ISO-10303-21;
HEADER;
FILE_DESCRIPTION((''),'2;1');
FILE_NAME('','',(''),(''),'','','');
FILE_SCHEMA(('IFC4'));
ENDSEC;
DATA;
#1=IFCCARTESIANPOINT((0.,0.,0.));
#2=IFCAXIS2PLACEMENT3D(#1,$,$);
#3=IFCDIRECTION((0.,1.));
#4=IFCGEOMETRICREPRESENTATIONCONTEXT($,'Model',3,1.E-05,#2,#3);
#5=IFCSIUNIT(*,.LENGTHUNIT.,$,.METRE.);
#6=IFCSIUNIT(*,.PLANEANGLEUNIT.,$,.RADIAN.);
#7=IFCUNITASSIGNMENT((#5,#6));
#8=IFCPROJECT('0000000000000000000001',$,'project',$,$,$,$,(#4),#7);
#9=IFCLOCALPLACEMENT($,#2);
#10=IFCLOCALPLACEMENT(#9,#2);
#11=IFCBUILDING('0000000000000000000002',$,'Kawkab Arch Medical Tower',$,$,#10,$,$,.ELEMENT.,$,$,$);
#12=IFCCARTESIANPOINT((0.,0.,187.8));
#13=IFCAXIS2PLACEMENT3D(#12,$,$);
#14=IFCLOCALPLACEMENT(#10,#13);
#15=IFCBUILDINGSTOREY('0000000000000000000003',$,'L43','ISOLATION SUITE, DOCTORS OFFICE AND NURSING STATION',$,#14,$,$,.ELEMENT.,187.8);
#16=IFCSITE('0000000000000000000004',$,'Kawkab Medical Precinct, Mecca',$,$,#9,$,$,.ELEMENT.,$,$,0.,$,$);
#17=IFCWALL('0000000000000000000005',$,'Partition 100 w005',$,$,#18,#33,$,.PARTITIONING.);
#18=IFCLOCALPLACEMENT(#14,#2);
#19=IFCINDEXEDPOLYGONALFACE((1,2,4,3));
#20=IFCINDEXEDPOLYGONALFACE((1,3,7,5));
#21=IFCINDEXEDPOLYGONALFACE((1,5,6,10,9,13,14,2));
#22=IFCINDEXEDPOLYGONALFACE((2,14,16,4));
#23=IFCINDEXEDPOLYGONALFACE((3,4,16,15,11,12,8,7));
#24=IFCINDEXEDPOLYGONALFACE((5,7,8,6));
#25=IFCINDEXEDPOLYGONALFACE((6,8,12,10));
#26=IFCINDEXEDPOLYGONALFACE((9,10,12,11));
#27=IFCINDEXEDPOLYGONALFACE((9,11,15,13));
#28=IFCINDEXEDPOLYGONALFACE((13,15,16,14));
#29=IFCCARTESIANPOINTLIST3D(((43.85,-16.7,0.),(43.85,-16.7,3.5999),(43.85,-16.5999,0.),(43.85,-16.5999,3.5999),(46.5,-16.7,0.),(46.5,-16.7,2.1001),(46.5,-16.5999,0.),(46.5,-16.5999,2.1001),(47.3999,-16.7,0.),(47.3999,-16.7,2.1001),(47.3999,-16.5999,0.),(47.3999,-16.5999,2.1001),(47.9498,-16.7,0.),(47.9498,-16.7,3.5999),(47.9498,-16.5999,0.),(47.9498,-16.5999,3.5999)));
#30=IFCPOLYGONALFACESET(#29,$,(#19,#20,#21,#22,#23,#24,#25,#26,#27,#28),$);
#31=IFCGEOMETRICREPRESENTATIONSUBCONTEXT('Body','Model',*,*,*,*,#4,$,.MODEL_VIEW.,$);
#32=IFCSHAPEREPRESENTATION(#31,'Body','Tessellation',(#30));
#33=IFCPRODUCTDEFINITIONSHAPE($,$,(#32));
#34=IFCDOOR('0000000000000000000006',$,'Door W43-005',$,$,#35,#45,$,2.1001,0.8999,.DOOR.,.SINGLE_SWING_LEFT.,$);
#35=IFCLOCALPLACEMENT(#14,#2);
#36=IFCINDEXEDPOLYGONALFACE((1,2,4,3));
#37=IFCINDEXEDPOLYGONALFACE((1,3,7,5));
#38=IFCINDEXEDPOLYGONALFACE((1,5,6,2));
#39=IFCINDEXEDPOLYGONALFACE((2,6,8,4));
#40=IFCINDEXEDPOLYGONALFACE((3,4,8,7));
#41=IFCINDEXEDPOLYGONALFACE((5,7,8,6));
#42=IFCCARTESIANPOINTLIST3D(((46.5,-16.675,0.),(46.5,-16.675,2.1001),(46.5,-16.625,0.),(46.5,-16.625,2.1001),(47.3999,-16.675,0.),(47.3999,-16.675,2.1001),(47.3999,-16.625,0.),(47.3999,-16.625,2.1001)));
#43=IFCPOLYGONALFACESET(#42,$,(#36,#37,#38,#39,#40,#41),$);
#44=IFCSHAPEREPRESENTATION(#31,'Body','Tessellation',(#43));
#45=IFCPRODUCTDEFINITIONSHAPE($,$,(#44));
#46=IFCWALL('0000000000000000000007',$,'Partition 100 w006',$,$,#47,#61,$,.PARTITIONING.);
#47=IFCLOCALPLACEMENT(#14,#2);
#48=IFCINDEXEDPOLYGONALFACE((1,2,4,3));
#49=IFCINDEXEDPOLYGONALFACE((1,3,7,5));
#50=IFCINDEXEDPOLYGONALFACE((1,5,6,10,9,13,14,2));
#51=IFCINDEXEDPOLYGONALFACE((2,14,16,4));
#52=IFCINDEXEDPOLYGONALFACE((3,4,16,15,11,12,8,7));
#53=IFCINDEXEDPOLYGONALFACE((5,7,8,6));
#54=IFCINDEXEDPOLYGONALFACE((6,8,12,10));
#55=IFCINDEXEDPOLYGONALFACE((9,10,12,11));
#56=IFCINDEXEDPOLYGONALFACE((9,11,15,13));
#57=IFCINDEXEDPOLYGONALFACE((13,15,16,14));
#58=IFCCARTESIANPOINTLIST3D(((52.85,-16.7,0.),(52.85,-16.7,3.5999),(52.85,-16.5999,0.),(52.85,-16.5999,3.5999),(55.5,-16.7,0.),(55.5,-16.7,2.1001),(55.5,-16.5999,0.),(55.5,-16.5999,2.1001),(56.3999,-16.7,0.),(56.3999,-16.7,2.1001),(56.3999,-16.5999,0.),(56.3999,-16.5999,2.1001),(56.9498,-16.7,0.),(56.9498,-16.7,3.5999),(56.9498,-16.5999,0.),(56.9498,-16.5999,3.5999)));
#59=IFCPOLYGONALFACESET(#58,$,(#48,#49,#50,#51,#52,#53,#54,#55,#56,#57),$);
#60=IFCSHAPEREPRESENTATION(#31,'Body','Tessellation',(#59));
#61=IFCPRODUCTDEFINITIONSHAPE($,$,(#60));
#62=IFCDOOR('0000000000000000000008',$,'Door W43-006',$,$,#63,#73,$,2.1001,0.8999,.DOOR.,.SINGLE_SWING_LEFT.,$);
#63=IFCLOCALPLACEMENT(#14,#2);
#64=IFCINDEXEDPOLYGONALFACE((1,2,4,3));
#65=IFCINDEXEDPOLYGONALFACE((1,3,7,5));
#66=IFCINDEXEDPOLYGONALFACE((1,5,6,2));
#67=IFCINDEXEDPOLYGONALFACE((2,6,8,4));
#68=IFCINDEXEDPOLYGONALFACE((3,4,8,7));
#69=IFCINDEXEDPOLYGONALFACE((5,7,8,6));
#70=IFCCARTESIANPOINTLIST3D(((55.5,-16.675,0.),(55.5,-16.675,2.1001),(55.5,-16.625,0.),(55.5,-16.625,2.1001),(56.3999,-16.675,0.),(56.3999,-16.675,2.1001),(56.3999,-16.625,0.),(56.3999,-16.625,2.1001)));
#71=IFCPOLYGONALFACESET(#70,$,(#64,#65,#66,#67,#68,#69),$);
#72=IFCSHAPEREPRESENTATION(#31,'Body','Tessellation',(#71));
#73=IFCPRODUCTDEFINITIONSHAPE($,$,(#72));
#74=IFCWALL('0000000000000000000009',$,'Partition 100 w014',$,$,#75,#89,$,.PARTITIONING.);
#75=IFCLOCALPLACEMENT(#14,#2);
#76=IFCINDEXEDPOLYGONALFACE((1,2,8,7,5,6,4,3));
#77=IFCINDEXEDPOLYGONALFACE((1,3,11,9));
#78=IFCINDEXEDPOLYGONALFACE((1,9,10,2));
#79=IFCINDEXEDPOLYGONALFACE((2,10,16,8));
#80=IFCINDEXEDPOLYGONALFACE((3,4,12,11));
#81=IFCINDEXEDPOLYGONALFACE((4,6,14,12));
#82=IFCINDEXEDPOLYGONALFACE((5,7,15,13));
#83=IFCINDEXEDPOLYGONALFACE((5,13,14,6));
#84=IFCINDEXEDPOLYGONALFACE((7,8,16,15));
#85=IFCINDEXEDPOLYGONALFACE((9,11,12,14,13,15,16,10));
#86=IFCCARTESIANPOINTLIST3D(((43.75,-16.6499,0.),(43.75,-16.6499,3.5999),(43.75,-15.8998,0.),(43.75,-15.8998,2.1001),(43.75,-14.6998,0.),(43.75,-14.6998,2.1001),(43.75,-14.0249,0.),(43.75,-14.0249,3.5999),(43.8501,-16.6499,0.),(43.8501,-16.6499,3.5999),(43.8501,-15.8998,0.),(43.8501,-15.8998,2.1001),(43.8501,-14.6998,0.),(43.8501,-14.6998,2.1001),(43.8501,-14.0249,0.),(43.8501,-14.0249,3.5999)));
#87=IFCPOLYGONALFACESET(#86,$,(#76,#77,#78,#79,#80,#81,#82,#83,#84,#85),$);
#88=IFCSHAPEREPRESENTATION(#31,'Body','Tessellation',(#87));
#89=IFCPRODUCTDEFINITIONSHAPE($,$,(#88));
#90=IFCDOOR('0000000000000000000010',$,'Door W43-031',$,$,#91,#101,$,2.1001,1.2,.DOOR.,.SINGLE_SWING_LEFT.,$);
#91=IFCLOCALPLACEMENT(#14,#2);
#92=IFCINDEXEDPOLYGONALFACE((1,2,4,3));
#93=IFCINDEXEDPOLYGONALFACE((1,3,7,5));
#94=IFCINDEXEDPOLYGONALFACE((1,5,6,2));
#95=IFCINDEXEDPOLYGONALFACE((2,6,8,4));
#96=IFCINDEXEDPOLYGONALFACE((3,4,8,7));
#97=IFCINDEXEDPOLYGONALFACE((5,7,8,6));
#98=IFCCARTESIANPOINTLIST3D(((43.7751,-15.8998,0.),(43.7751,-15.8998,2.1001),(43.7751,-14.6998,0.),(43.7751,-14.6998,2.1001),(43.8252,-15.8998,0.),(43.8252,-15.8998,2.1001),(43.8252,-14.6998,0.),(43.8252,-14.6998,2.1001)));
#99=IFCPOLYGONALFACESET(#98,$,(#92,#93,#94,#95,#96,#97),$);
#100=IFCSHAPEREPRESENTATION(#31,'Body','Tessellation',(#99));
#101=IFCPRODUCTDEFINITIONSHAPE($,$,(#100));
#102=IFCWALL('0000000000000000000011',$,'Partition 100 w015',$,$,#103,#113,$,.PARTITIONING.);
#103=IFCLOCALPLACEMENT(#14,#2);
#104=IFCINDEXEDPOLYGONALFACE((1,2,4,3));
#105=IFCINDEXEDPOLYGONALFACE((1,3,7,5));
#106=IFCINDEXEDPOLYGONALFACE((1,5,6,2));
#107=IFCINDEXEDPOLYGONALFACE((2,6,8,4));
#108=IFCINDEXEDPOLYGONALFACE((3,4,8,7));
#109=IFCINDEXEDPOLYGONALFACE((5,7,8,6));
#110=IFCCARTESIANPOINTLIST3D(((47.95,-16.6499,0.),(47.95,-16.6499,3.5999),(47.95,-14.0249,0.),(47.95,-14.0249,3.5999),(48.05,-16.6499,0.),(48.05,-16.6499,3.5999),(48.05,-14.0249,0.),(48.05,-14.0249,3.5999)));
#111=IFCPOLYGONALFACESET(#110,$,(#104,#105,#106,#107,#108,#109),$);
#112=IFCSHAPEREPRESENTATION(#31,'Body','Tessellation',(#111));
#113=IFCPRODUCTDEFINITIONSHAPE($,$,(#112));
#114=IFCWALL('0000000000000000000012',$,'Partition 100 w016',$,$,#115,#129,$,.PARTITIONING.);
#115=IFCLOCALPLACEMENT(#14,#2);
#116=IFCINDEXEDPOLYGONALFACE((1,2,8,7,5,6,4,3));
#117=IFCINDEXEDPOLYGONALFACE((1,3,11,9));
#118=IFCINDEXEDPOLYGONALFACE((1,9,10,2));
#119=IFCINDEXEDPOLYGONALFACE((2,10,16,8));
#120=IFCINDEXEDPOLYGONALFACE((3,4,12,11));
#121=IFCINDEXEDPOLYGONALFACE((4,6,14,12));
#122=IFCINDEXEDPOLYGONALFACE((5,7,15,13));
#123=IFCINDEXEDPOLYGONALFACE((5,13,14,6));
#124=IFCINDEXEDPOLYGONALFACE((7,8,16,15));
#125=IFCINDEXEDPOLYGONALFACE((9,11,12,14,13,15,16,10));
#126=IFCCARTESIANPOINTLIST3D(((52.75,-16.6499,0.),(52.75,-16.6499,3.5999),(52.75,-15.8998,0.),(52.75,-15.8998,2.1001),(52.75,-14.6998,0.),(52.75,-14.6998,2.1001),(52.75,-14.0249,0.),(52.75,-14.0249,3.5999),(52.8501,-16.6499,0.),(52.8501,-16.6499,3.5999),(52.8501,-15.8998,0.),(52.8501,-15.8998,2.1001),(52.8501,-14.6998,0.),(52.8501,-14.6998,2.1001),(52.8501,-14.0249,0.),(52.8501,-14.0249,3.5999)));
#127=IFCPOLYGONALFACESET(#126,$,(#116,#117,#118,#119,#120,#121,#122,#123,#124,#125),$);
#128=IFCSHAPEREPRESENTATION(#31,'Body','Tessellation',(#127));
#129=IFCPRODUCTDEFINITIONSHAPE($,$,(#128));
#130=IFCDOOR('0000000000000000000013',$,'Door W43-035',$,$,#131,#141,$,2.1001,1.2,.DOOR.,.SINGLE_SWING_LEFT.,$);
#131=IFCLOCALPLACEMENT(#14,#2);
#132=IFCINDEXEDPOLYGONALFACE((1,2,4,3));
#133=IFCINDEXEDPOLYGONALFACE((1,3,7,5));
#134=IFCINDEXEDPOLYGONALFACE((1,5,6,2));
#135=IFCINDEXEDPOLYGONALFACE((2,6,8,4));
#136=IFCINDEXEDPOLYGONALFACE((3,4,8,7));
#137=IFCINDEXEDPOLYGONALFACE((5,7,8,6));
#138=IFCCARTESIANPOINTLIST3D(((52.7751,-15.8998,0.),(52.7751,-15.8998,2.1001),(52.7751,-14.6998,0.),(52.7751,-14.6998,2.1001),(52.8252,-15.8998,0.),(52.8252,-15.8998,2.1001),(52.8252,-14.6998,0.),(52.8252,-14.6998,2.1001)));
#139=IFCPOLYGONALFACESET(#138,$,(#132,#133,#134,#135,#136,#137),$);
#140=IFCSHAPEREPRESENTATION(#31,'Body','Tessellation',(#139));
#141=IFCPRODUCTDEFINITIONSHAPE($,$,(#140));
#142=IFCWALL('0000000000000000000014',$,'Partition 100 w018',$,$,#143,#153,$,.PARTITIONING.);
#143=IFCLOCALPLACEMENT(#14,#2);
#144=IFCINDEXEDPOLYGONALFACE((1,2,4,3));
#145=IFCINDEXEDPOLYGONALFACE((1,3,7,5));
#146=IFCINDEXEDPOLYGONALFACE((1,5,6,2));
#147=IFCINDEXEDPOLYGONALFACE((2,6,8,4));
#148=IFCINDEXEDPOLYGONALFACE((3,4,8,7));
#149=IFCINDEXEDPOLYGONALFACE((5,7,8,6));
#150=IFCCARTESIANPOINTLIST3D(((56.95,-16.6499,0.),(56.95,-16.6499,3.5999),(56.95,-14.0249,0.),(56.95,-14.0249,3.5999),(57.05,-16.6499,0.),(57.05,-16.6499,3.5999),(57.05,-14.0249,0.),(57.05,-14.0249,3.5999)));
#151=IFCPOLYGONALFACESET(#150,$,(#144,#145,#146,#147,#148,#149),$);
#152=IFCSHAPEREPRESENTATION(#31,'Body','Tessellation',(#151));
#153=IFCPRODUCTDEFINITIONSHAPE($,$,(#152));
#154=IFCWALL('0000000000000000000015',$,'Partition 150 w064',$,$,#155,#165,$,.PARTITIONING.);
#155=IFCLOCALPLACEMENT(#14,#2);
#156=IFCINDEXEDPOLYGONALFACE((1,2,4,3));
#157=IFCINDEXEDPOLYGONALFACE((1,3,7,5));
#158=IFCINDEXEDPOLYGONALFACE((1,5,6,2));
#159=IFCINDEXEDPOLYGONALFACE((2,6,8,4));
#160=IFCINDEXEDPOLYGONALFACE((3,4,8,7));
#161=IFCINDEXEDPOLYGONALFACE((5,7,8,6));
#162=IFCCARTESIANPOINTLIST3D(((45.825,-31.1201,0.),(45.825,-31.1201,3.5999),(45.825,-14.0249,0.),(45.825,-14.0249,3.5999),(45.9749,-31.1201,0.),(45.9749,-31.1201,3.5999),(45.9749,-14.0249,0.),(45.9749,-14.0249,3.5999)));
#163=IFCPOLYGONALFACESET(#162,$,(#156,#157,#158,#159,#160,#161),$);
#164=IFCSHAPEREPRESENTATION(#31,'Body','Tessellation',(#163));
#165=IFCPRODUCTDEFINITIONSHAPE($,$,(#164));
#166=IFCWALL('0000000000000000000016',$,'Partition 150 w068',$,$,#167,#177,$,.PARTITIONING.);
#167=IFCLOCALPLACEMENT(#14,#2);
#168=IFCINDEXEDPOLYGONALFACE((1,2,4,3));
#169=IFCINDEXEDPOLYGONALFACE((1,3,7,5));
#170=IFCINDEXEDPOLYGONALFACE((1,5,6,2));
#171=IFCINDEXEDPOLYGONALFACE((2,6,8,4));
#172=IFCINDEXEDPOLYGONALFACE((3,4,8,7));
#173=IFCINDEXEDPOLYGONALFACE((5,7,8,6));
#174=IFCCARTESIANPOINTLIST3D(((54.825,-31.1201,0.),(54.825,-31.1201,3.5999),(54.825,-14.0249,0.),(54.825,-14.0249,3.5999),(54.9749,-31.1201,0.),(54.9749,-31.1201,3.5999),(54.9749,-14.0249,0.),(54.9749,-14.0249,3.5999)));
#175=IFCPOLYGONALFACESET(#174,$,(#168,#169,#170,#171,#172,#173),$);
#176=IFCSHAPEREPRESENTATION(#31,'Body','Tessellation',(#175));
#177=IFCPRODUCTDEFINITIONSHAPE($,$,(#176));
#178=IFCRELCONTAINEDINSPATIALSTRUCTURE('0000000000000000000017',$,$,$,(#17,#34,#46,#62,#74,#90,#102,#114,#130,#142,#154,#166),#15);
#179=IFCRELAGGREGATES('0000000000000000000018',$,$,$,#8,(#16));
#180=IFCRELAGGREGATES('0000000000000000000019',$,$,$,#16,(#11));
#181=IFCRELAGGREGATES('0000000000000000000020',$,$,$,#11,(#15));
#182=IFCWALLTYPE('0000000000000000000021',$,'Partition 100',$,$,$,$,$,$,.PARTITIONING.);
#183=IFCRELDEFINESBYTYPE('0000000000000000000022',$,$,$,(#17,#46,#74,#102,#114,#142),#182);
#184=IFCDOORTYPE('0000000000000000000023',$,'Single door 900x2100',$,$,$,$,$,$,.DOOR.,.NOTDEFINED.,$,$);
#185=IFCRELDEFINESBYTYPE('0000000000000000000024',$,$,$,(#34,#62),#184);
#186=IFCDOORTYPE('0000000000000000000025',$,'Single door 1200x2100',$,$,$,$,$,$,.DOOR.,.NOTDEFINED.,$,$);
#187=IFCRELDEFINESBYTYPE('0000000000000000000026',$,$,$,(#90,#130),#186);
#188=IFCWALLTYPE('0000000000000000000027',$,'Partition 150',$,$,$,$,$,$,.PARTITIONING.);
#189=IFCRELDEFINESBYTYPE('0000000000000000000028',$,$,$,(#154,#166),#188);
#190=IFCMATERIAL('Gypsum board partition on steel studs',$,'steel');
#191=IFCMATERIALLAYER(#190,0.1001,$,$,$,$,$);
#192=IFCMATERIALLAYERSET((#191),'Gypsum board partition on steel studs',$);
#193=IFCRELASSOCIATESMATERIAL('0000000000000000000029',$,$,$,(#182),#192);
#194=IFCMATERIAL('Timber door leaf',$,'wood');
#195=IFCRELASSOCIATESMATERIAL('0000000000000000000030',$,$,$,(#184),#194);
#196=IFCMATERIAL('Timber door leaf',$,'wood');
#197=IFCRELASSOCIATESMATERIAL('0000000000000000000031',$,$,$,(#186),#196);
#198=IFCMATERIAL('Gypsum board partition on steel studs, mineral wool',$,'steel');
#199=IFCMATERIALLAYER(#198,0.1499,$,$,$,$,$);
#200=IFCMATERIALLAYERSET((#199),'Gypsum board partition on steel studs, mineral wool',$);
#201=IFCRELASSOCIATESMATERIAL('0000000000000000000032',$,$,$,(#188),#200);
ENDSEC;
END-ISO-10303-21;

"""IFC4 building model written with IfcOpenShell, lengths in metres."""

from ifc_helpers import new_model, si_unit, direction, frame, frame_2d, origin, place, context, subcontext, project, spatial, rectangle, extrude, material, layer, layer_set, type_object, element, fill, save


model = new_model("IFC4")

# Units and contexts
model_context = context("Model", 3, precision=1e-05, world=origin(), true_north=direction((0.0, 1.0)))
body_context = subcontext(model_context, "Body", "Model", "MODEL_VIEW")
ifc_project = project(units=[si_unit("LENGTHUNIT", "METRE"), si_unit("PLANEANGLEUNIT", "RADIAN")], contexts=[model_context])

# Site, building, storey
site_placement = place(None, origin())
site = spatial("IfcSite", under=ifc_project, at=site_placement, Name="Kawkab Medical Precinct, Mecca", CompositionType="ELEMENT", RefElevation=0.0)
building_placement = place(site_placement, origin())
building = spatial("IfcBuilding", under=site, at=building_placement, Name="Kawkab Arch Medical Tower", CompositionType="ELEMENT")
storey_placement = place(building_placement, frame((0.0, 0.0, 187.8)))
storey = spatial("IfcBuildingStorey", under=building, at=storey_placement, Name="L43", Description="ISOLATION SUITE, DOCTORS OFFICE AND NURSING STATION", CompositionType="ELEMENT", Elevation=187.8)

# Walls, openings, doors
ifc_material_1 = material(Name="Gypsum board partition on steel studs", Category="steel")
ifc_layer_1 = layer(ifc_material_1, 0.1001)
ifc_layer_set_1 = layer_set([ifc_layer_1], Name="Gypsum board partition on steel studs")
wall_type_1 = type_object("IfcWallType", Name="Partition 100", PredefinedType="PARTITIONING", material=ifc_layer_set_1)
wall_1_placement = place(storey_placement, frame((43.8501, -16.6499, 0.0), z_axis=(0.0, 0.0, 1.0), x_axis=(1.0, 0.0, 0.0)))
wall_1 = element("IfcWall", 1, at=wall_1_placement, inside=storey, type_object=wall_type_1, Name="Partition 100 w005", PredefinedType="PARTITIONING", context=body_context, shape_type="SweptSolid", body=[
    extrude(rectangle(XDim=4.0999, YDim=0.1001, at=frame_2d((2.0498, 0.0))), origin(), (0.0, 0.0, 1.0), 3.5999),
])
opening_1_placement = place(wall_1_placement, frame((2.6499, 0.0, 0.0)))
opening_1 = element("IfcOpeningElement", 2, at=opening_1_placement, cuts=wall_1, PredefinedType="OPENING", context=body_context, shape_type="SweptSolid", body=[
    extrude(rectangle(XDim=0.8999, YDim=2.1001, at=frame_2d((0.45, 1.05))), frame((0.0, 0.0601, 0.0), z_axis=(0.0, -1.0, 0.0), x_axis=(1.0, 0.0, 0.0)), (0.0, 0.0, 1.0), 0.1201),
])
ifc_material_2 = material(Name="Timber door leaf", Category="wood")
door_type_1 = type_object("IfcDoorType", Name="Single door 900x2100", OperationType="NOTDEFINED", PredefinedType="DOOR", material=ifc_material_2)
door_1_placement = place(opening_1_placement, origin())
door_1 = element("IfcDoor", 3, at=door_1_placement, inside=storey, type_object=door_type_1, Name="Door W43-005", OperationType="SINGLE_SWING_LEFT", OverallHeight=2.1001, OverallWidth=0.8999, PredefinedType="DOOR", context=body_context, shape_type="SweptSolid", body=[
    extrude(rectangle(XDim=0.8999, YDim=2.1001, at=frame_2d((0.45, 1.05))), frame((0.0, 0.0249, 0.0), z_axis=(0.0, -1.0, 0.0), x_axis=(1.0, 0.0, 0.0)), (0.0, 0.0, 1.0), 0.05),
])
fill(opening_1, door_1)
wall_2_placement = place(storey_placement, frame((52.8501, -16.6499, 0.0), z_axis=(0.0, 0.0, 1.0), x_axis=(1.0, 0.0, 0.0)))
wall_2 = element("IfcWall", 4, at=wall_2_placement, inside=storey, type_object=wall_type_1, Name="Partition 100 w006", PredefinedType="PARTITIONING", context=body_context, shape_type="SweptSolid", body=[
    extrude(rectangle(XDim=4.0999, YDim=0.1001, at=frame_2d((2.0498, 0.0))), origin(), (0.0, 0.0, 1.0), 3.5999),
])
opening_2_placement = place(wall_2_placement, frame((2.6499, 0.0, 0.0)))
opening_2 = element("IfcOpeningElement", 5, at=opening_2_placement, cuts=wall_2, PredefinedType="OPENING", context=body_context, shape_type="SweptSolid", body=[
    extrude(rectangle(XDim=0.8999, YDim=2.1001, at=frame_2d((0.45, 1.05))), frame((0.0, 0.0601, 0.0), z_axis=(0.0, -1.0, 0.0), x_axis=(1.0, 0.0, 0.0)), (0.0, 0.0, 1.0), 0.1201),
])
door_2_placement = place(opening_2_placement, origin())
door_2 = element("IfcDoor", 6, at=door_2_placement, inside=storey, type_object=door_type_1, Name="Door W43-006", OperationType="SINGLE_SWING_LEFT", OverallHeight=2.1001, OverallWidth=0.8999, PredefinedType="DOOR", context=body_context, shape_type="SweptSolid", body=[
    extrude(rectangle(XDim=0.8999, YDim=2.1001, at=frame_2d((0.45, 1.05))), frame((0.0, 0.0249, 0.0), z_axis=(0.0, -1.0, 0.0), x_axis=(1.0, 0.0, 0.0)), (0.0, 0.0, 1.0), 0.05),
])
fill(opening_2, door_2)
wall_3_placement = place(storey_placement, frame((43.8, -16.6499, 0.0), z_axis=(0.0, 0.0, 1.0), x_axis=(0.0, 1.0, 0.0)))
wall_3 = element("IfcWall", 7, at=wall_3_placement, inside=storey, type_object=wall_type_1, Name="Partition 100 w014", PredefinedType="PARTITIONING", context=body_context, shape_type="SweptSolid", body=[
    extrude(rectangle(XDim=2.625, YDim=0.1001, at=frame_2d((1.3125, 0.0))), origin(), (0.0, 0.0, 1.0), 3.5999),
])
opening_3_placement = place(wall_3_placement, frame((0.75, 0.0, 0.0)))
opening_3 = element("IfcOpeningElement", 8, at=opening_3_placement, cuts=wall_3, PredefinedType="OPENING", context=body_context, shape_type="SweptSolid", body=[
    extrude(rectangle(XDim=1.2, YDim=2.1001, at=frame_2d((0.6001, 1.05))), frame((0.0, 0.0601, 0.0), z_axis=(0.0, -1.0, 0.0), x_axis=(1.0, 0.0, 0.0)), (0.0, 0.0, 1.0), 0.1201),
])
ifc_material_3 = material(Name="Timber door leaf", Category="wood")
door_type_2 = type_object("IfcDoorType", Name="Single door 1200x2100", OperationType="NOTDEFINED", PredefinedType="DOOR", material=ifc_material_3)
door_3_placement = place(opening_3_placement, origin())
door_3 = element("IfcDoor", 9, at=door_3_placement, inside=storey, type_object=door_type_2, Name="Door W43-031", OperationType="SINGLE_SWING_LEFT", OverallHeight=2.1001, OverallWidth=1.2, PredefinedType="DOOR", context=body_context, shape_type="SweptSolid", body=[
    extrude(rectangle(XDim=1.2, YDim=2.1001, at=frame_2d((0.6001, 1.05))), frame((0.0, 0.0249, 0.0), z_axis=(0.0, -1.0, 0.0), x_axis=(1.0, 0.0, 0.0)), (0.0, 0.0, 1.0), 0.05),
])
fill(opening_3, door_3)

# Wall
wall_4_placement = place(storey_placement, frame((48.0, -16.6499, 0.0), z_axis=(0.0, 0.0, 1.0), x_axis=(0.0, 1.0, 0.0)))
element("IfcWall", 10, at=wall_4_placement, inside=storey, type_object=wall_type_1, Name="Partition 100 w015", PredefinedType="PARTITIONING", context=body_context, shape_type="SweptSolid", body=[
    extrude(rectangle(XDim=2.625, YDim=0.1001, at=frame_2d((1.3125, 0.0))), origin(), (0.0, 0.0, 1.0), 3.5999),
])

# Wall, opening, door
wall_5_placement = place(storey_placement, frame((52.8, -16.6499, 0.0), z_axis=(0.0, 0.0, 1.0), x_axis=(0.0, 1.0, 0.0)))
wall_5 = element("IfcWall", 11, at=wall_5_placement, inside=storey, type_object=wall_type_1, Name="Partition 100 w016", PredefinedType="PARTITIONING", context=body_context, shape_type="SweptSolid", body=[
    extrude(rectangle(XDim=2.625, YDim=0.1001, at=frame_2d((1.3125, 0.0))), origin(), (0.0, 0.0, 1.0), 3.5999),
])
opening_4_placement = place(wall_5_placement, frame((0.75, 0.0, 0.0)))
opening_4 = element("IfcOpeningElement", 12, at=opening_4_placement, cuts=wall_5, PredefinedType="OPENING", context=body_context, shape_type="SweptSolid", body=[
    extrude(rectangle(XDim=1.2, YDim=2.1001, at=frame_2d((0.6001, 1.05))), frame((0.0, 0.0601, 0.0), z_axis=(0.0, -1.0, 0.0), x_axis=(1.0, 0.0, 0.0)), (0.0, 0.0, 1.0), 0.1201),
])
door_4_placement = place(opening_4_placement, origin())
door_4 = element("IfcDoor", 13, at=door_4_placement, inside=storey, type_object=door_type_2, Name="Door W43-035", OperationType="SINGLE_SWING_LEFT", OverallHeight=2.1001, OverallWidth=1.2, PredefinedType="DOOR", context=body_context, shape_type="SweptSolid", body=[
    extrude(rectangle(XDim=1.2, YDim=2.1001, at=frame_2d((0.6001, 1.05))), frame((0.0, 0.0249, 0.0), z_axis=(0.0, -1.0, 0.0), x_axis=(1.0, 0.0, 0.0)), (0.0, 0.0, 1.0), 0.05),
])
fill(opening_4, door_4)

# Walls
wall_6_placement = place(storey_placement, frame((57.0, -16.6499, 0.0), z_axis=(0.0, 0.0, 1.0), x_axis=(0.0, 1.0, 0.0)))
element("IfcWall", 14, at=wall_6_placement, inside=storey, type_object=wall_type_1, Name="Partition 100 w018", PredefinedType="PARTITIONING", context=body_context, shape_type="SweptSolid", body=[
    extrude(rectangle(XDim=2.625, YDim=0.1001, at=frame_2d((1.3125, 0.0))), origin(), (0.0, 0.0, 1.0), 3.5999),
])
ifc_material_4 = material(Name="Gypsum board partition on steel studs, mineral wool", Category="steel")
ifc_layer_2 = layer(ifc_material_4, 0.1499)
ifc_layer_set_2 = layer_set([ifc_layer_2], Name="Gypsum board partition on steel studs, mineral wool")
wall_type_2 = type_object("IfcWallType", Name="Partition 150", PredefinedType="PARTITIONING", material=ifc_layer_set_2)
for number, where, z_axis, x_axis, name in (
    (15, (45.8999, -31.1201, 0.0), (0.0, 0.0, 1.0), (0.0, 1.0, 0.0), "Partition 150 w064"),
    (16, (54.8999, -31.1201, 0.0), (0.0, 0.0, 1.0), (0.0, 1.0, 0.0), "Partition 150 w068"),
):
    element("IfcWall", number, at=place(storey_placement, frame(where, z_axis=z_axis, x_axis=x_axis)), inside=storey, type_object=wall_type_2, Name=name, PredefinedType="PARTITIONING", context=body_context, shape_type="SweptSolid", body=[
        extrude(rectangle(XDim=17.0952, YDim=0.1499, at=frame_2d((8.5476, 0.0))), origin(), (0.0, 0.0, 1.0), 3.5999),
    ])

save(model, "model.ifc")
